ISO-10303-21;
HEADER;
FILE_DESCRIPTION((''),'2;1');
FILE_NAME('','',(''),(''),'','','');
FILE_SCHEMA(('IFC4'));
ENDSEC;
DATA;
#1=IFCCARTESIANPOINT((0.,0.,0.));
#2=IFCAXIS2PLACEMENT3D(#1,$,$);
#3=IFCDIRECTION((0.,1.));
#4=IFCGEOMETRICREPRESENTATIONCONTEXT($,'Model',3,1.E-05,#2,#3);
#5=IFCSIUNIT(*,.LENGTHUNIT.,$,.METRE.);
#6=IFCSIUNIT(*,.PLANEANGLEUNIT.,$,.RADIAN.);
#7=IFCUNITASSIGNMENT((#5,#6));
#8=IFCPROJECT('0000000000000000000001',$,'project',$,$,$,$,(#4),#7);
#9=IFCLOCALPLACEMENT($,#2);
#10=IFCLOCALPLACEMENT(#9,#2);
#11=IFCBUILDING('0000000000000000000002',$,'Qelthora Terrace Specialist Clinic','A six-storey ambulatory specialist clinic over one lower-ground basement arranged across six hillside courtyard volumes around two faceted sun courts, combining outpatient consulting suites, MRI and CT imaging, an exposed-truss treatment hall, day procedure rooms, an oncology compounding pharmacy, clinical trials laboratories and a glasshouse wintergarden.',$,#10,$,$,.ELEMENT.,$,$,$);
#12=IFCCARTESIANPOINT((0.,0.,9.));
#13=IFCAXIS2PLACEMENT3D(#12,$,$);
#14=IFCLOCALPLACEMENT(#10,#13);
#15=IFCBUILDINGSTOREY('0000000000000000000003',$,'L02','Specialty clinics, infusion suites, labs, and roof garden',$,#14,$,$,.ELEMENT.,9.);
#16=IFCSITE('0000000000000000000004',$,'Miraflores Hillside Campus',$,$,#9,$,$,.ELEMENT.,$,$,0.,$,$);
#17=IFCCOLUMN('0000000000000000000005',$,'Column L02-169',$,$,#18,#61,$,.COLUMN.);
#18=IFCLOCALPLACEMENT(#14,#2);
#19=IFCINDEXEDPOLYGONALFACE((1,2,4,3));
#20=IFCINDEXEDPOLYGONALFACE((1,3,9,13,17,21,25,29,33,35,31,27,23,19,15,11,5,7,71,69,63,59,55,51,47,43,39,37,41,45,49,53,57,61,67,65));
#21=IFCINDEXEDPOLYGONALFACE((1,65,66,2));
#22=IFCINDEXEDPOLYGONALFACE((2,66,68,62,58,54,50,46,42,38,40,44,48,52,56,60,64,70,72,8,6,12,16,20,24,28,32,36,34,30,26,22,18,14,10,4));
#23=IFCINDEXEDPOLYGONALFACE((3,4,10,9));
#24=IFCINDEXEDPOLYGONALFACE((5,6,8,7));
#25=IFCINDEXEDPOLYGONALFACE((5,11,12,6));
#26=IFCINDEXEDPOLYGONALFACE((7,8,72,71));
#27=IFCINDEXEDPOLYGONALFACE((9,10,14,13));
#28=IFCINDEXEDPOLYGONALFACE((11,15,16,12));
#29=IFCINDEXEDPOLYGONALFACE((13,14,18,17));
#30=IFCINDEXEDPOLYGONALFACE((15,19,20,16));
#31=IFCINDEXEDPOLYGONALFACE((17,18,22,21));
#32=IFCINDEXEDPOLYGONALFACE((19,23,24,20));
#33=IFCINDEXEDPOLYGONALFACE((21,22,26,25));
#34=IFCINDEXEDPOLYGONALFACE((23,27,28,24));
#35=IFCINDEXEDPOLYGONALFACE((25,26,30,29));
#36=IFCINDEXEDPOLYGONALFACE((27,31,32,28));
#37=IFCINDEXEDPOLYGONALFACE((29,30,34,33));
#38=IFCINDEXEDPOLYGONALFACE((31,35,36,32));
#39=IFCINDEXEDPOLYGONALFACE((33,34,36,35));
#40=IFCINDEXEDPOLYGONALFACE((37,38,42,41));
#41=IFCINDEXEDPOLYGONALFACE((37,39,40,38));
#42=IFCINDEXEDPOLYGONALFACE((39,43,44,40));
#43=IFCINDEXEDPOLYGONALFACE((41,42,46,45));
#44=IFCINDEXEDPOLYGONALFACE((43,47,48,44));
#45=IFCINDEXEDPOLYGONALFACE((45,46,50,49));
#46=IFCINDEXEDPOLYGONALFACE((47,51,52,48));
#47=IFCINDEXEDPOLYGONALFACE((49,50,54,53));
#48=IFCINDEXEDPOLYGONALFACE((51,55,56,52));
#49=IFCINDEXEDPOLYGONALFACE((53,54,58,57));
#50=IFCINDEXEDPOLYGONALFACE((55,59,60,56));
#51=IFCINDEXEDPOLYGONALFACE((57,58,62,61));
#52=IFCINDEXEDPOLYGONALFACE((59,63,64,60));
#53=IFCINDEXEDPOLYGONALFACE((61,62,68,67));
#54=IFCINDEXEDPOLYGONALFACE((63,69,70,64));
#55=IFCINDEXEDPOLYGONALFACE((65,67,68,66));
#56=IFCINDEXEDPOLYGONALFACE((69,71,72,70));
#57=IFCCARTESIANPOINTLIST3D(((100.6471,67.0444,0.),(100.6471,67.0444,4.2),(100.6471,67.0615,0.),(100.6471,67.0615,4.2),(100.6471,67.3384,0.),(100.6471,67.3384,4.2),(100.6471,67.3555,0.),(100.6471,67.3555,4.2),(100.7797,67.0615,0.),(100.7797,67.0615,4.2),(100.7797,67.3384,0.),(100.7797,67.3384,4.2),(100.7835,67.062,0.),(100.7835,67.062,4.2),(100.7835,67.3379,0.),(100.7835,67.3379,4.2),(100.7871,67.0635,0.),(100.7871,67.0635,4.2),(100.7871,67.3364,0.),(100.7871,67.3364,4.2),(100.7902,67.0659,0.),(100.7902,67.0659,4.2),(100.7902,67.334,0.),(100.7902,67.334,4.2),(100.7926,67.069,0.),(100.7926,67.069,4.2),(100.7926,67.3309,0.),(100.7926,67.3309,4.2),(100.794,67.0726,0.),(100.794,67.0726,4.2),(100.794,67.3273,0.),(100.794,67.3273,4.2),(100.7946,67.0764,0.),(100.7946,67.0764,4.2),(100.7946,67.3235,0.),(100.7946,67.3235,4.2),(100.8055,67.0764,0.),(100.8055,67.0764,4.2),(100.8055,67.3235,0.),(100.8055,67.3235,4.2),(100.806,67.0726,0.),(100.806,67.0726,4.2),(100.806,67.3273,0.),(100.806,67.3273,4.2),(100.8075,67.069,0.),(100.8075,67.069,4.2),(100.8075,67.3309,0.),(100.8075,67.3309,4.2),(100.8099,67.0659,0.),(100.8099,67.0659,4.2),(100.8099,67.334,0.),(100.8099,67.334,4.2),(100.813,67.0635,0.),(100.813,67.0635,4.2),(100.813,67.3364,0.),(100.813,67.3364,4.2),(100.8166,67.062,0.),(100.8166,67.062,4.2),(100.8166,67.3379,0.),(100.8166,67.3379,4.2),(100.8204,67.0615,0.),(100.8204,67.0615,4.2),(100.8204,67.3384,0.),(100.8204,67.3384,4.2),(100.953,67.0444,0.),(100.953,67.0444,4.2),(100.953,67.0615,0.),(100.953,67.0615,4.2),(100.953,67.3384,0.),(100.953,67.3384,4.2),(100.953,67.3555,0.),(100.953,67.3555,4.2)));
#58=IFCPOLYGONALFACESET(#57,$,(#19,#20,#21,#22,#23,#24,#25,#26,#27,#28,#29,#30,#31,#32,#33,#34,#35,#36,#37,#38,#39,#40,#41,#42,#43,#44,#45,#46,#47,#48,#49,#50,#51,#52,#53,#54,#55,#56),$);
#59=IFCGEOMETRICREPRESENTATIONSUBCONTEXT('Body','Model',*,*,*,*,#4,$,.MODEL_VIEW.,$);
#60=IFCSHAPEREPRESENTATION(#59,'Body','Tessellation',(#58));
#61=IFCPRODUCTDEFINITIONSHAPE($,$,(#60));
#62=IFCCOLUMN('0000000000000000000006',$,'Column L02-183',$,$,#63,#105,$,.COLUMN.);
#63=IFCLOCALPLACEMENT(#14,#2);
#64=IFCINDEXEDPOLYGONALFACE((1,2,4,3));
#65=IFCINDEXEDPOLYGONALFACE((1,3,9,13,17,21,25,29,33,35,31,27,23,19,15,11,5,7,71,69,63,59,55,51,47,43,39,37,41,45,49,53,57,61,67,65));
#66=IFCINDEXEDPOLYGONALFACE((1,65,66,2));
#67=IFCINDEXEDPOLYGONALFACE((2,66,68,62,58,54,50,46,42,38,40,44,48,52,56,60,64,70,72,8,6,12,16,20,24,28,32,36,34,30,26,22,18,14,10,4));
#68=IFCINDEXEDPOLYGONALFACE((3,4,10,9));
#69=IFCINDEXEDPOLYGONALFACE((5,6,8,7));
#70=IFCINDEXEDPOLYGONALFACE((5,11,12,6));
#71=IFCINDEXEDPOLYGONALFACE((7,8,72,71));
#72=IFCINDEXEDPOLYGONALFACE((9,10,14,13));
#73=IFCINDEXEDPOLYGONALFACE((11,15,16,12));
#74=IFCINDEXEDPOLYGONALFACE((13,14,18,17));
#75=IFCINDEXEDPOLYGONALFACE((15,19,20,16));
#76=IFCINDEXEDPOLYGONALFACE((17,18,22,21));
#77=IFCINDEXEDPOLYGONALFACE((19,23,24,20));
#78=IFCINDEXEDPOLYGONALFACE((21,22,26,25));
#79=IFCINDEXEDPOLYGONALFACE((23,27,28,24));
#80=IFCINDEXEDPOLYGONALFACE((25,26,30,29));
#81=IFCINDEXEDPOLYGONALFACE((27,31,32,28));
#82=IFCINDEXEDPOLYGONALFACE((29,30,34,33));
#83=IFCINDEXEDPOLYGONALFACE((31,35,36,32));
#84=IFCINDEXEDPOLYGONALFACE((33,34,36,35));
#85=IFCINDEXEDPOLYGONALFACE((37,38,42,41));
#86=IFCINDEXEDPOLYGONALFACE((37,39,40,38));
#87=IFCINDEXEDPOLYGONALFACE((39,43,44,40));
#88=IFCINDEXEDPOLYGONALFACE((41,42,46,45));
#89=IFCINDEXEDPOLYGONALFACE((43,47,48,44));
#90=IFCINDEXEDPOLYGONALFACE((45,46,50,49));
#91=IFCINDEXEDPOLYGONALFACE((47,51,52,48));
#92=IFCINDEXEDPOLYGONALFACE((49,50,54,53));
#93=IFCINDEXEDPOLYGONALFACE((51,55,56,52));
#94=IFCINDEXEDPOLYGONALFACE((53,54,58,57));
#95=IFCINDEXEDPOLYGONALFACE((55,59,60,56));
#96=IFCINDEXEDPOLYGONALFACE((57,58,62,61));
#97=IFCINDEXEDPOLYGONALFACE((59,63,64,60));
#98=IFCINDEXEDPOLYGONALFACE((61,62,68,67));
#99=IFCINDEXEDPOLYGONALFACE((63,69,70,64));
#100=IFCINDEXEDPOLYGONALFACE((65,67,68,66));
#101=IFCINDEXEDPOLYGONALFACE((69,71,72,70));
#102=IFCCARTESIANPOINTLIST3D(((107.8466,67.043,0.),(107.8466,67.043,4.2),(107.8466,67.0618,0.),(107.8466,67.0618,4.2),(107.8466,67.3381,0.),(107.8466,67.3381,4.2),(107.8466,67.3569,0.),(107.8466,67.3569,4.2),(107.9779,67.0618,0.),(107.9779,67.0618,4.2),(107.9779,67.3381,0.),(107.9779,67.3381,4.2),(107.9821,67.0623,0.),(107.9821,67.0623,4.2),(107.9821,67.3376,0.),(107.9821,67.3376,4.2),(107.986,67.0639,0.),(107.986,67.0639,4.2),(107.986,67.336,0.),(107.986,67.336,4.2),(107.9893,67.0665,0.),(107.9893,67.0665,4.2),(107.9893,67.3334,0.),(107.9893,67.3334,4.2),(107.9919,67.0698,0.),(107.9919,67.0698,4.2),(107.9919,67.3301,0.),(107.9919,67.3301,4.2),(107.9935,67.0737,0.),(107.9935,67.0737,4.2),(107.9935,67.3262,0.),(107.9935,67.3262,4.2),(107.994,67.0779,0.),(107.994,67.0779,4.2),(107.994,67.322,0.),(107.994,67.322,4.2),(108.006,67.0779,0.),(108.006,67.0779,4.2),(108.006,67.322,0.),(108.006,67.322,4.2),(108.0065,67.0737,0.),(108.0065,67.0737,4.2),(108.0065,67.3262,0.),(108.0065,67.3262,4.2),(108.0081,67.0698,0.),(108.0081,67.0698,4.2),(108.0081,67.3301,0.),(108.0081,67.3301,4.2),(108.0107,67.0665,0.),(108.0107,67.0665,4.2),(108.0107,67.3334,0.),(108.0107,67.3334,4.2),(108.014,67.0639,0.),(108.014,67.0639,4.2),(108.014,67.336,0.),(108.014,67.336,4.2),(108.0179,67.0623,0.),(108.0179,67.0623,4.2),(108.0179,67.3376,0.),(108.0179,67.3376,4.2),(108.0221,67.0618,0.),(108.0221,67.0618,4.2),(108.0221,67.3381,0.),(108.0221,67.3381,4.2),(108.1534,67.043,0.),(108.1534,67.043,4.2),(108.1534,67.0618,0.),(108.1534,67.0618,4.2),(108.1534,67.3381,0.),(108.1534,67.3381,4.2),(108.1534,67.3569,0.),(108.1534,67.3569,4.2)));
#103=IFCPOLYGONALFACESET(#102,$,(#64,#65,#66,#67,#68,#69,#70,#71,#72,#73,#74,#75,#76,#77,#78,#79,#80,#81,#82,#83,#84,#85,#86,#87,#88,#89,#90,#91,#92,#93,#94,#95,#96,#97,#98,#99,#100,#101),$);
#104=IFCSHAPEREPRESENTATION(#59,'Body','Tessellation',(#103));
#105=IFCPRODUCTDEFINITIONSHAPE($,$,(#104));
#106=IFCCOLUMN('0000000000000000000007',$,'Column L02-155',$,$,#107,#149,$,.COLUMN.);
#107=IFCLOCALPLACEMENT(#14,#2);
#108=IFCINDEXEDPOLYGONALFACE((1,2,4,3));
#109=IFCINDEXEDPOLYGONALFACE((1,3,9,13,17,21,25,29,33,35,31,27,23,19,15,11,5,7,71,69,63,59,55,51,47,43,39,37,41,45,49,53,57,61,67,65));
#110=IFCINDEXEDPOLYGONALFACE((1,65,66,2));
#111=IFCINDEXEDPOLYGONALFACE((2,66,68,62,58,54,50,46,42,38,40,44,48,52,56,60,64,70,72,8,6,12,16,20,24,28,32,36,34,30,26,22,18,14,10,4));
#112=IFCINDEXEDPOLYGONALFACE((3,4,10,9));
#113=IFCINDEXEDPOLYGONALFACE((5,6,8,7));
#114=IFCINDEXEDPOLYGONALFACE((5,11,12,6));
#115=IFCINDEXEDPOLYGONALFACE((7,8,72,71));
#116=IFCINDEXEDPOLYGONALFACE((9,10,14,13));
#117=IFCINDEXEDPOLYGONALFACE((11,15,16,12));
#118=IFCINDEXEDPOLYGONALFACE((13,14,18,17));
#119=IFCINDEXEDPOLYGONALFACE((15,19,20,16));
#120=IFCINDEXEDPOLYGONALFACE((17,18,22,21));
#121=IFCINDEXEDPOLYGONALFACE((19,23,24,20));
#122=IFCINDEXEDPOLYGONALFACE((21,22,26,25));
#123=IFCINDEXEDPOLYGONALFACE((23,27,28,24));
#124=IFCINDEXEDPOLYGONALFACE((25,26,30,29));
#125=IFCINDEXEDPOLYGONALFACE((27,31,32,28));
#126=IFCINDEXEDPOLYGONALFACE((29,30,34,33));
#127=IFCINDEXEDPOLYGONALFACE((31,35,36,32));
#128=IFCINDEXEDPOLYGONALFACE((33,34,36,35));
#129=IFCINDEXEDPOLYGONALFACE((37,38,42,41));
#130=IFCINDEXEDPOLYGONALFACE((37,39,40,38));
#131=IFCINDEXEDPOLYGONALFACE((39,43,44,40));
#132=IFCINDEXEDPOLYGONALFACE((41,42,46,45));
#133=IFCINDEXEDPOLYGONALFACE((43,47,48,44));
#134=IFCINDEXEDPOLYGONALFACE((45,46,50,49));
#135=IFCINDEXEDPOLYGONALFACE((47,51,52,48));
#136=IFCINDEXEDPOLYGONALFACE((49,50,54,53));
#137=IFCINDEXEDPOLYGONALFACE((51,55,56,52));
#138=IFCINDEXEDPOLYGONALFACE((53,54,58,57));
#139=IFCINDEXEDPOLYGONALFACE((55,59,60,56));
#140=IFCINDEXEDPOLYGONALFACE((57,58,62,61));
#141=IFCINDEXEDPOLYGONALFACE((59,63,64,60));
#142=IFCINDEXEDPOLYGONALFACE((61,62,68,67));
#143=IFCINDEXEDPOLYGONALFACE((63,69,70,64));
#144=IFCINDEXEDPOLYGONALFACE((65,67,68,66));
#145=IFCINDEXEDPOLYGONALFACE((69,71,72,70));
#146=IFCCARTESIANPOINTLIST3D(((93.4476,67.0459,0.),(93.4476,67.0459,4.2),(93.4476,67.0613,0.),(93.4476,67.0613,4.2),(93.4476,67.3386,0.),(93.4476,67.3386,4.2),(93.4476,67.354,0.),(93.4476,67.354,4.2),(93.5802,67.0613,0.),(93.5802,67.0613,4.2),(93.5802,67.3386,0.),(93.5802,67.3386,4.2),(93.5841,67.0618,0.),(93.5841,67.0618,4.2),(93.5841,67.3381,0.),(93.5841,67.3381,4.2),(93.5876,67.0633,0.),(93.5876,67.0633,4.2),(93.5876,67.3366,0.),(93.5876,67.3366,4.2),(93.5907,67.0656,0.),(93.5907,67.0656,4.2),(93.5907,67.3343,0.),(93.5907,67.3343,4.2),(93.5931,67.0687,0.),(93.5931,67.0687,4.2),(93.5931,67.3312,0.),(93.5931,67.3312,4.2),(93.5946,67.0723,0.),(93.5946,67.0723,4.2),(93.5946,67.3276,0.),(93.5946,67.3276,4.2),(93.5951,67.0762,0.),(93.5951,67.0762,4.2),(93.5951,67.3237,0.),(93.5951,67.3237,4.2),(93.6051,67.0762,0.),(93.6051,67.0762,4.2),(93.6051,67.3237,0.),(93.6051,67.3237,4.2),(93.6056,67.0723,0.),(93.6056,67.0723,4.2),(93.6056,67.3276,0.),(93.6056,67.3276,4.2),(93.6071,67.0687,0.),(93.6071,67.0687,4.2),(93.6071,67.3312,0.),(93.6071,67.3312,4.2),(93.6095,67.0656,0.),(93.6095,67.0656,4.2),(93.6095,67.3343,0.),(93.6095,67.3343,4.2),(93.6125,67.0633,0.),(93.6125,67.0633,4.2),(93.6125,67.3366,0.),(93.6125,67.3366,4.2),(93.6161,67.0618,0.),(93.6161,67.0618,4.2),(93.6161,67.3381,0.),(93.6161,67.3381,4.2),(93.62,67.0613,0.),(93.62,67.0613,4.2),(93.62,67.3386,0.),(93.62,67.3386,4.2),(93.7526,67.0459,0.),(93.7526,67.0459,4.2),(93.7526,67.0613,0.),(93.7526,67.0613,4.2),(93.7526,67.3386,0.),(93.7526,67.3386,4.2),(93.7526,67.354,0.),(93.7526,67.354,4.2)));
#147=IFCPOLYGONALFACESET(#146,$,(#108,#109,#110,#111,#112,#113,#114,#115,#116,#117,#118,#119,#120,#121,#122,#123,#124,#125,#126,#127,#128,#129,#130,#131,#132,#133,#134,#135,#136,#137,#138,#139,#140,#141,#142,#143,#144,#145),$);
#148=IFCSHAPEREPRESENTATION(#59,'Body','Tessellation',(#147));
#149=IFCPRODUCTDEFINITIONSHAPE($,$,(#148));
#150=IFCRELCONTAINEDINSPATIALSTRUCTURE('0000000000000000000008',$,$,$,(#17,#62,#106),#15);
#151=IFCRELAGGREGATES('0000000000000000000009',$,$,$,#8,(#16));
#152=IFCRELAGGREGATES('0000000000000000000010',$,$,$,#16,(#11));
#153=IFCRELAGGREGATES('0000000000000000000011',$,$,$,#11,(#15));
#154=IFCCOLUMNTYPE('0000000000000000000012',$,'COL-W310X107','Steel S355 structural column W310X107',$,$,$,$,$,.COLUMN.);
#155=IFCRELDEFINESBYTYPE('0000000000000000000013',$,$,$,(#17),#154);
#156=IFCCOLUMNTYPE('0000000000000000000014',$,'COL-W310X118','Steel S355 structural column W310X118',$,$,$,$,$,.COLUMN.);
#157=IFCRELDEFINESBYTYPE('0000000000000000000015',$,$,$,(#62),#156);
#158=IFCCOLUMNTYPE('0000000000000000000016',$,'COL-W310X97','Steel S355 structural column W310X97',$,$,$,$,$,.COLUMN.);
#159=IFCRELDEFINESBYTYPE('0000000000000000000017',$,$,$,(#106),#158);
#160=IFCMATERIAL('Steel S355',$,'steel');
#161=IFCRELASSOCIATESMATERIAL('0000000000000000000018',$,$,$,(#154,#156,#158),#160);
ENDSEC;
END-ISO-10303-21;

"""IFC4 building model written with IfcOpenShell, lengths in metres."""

from ifc_helpers import new_model, si_unit, direction, frame, origin, origin_2d, place, context, subcontext, project, spatial, i_section, extrude, material, material_profile, profile_set, type_object, element, save


model = new_model("IFC4")

# Units and contexts
model_context = context("Model", 3, precision=1e-05, world=origin(), true_north=direction((0.0, 1.0)))
body_context = subcontext(model_context, "Body", "Model", "MODEL_VIEW")
ifc_project = project(units=[si_unit("LENGTHUNIT", "METRE"), si_unit("PLANEANGLEUNIT", "RADIAN")], contexts=[model_context])

# Site, building, storey
site_placement = place(None, origin())
site = spatial("IfcSite", under=ifc_project, at=site_placement, Name="Miraflores Hillside Campus", CompositionType="ELEMENT", RefElevation=0.0)
building_placement = place(site_placement, origin())
building = spatial("IfcBuilding", under=site, at=building_placement, Name="Qelthora Terrace Specialist Clinic", Description="A six-storey ambulatory specialist clinic over one lower-ground basement arranged across six hillside courtyard volumes around two faceted sun courts, combining outpatient consulting suites, MRI and CT imaging, an exposed-truss treatment hall, day procedure rooms, an oncology compounding pharmacy, clinical trials laboratories and a glasshouse wintergarden.", CompositionType="ELEMENT")
storey_placement = place(building_placement, frame((0.0, 0.0, 9.0)))
storey = spatial("IfcBuildingStorey", under=building, at=storey_placement, Name="L02", Description="Specialty clinics, infusion suites, labs, and roof garden", CompositionType="ELEMENT", Elevation=9.0)

# Columns
ifc_material_1 = material(Name="Steel S355", Category="steel")
ifc_material_profile_1 = material_profile(ifc_material_1, i_section(OverallWidth=0.3059, OverallDepth=0.311, WebThickness=0.011, FlangeThickness=0.0171, FilletRadius=0.0149, at=origin_2d()), Name="W310X107")
ifc_profile_set_1 = profile_set([ifc_material_profile_1], Name="Steel S355")
column_type_1 = type_object("IfcColumnType", Name="COL-W310X107", Description="Steel S355 structural column W310X107", PredefinedType="COLUMN", material=ifc_profile_set_1)
column_1_placement = place(storey_placement, frame((100.8, 67.2, 0.0), z_axis=(0.0, 0.0, 1.0), x_axis=(1.0, 0.0, 0.0)))
element("IfcColumn", 1, at=column_1_placement, inside=storey, type_object=column_type_1, Name="Column L02-169", PredefinedType="COLUMN", context=body_context, shape_type="SweptSolid", body=[
    extrude(i_section(OverallWidth=0.3059, OverallDepth=0.311, WebThickness=0.011, FlangeThickness=0.0171, FilletRadius=0.0149, at=origin_2d()), origin(), (0.0, 0.0, 1.0), 4.2),
])
ifc_material_profile_2 = material_profile(ifc_material_1, i_section(OverallWidth=0.3069, OverallDepth=0.314, WebThickness=0.012, FlangeThickness=0.0188, FilletRadius=0.0161, at=origin_2d()), Name="W310X118")
ifc_profile_set_2 = profile_set([ifc_material_profile_2], Name="Steel S355")
column_type_2 = type_object("IfcColumnType", Name="COL-W310X118", Description="Steel S355 structural column W310X118", PredefinedType="COLUMN", material=ifc_profile_set_2)
column_2_placement = place(storey_placement, frame((108.0, 67.2, 0.0), z_axis=(0.0, 0.0, 1.0), x_axis=(1.0, 0.0, 0.0)))
element("IfcColumn", 2, at=column_2_placement, inside=storey, type_object=column_type_2, Name="Column L02-183", PredefinedType="COLUMN", context=body_context, shape_type="SweptSolid", body=[
    extrude(i_section(OverallWidth=0.3069, OverallDepth=0.314, WebThickness=0.012, FlangeThickness=0.0188, FilletRadius=0.0161, at=origin_2d()), origin(), (0.0, 0.0, 1.0), 4.2),
])
ifc_material_profile_3 = material_profile(ifc_material_1, i_section(OverallWidth=0.3049, OverallDepth=0.3081, WebThickness=0.01, FlangeThickness=0.0154, FilletRadius=0.0149, at=origin_2d()), Name="W310X97")
ifc_profile_set_3 = profile_set([ifc_material_profile_3], Name="Steel S355")
column_type_3 = type_object("IfcColumnType", Name="COL-W310X97", Description="Steel S355 structural column W310X97", PredefinedType="COLUMN", material=ifc_profile_set_3)
column_3_placement = place(storey_placement, frame((93.6001, 67.2, 0.0), z_axis=(0.0, 0.0, 1.0), x_axis=(1.0, 0.0, 0.0)))
element("IfcColumn", 3, at=column_3_placement, inside=storey, type_object=column_type_3, Name="Column L02-155", PredefinedType="COLUMN", context=body_context, shape_type="SweptSolid", body=[
    extrude(i_section(OverallWidth=0.3049, OverallDepth=0.3081, WebThickness=0.01, FlangeThickness=0.0154, FilletRadius=0.0149, at=origin_2d()), origin(), (0.0, 0.0, 1.0), 4.2),
])

save(model, "model.ifc")
